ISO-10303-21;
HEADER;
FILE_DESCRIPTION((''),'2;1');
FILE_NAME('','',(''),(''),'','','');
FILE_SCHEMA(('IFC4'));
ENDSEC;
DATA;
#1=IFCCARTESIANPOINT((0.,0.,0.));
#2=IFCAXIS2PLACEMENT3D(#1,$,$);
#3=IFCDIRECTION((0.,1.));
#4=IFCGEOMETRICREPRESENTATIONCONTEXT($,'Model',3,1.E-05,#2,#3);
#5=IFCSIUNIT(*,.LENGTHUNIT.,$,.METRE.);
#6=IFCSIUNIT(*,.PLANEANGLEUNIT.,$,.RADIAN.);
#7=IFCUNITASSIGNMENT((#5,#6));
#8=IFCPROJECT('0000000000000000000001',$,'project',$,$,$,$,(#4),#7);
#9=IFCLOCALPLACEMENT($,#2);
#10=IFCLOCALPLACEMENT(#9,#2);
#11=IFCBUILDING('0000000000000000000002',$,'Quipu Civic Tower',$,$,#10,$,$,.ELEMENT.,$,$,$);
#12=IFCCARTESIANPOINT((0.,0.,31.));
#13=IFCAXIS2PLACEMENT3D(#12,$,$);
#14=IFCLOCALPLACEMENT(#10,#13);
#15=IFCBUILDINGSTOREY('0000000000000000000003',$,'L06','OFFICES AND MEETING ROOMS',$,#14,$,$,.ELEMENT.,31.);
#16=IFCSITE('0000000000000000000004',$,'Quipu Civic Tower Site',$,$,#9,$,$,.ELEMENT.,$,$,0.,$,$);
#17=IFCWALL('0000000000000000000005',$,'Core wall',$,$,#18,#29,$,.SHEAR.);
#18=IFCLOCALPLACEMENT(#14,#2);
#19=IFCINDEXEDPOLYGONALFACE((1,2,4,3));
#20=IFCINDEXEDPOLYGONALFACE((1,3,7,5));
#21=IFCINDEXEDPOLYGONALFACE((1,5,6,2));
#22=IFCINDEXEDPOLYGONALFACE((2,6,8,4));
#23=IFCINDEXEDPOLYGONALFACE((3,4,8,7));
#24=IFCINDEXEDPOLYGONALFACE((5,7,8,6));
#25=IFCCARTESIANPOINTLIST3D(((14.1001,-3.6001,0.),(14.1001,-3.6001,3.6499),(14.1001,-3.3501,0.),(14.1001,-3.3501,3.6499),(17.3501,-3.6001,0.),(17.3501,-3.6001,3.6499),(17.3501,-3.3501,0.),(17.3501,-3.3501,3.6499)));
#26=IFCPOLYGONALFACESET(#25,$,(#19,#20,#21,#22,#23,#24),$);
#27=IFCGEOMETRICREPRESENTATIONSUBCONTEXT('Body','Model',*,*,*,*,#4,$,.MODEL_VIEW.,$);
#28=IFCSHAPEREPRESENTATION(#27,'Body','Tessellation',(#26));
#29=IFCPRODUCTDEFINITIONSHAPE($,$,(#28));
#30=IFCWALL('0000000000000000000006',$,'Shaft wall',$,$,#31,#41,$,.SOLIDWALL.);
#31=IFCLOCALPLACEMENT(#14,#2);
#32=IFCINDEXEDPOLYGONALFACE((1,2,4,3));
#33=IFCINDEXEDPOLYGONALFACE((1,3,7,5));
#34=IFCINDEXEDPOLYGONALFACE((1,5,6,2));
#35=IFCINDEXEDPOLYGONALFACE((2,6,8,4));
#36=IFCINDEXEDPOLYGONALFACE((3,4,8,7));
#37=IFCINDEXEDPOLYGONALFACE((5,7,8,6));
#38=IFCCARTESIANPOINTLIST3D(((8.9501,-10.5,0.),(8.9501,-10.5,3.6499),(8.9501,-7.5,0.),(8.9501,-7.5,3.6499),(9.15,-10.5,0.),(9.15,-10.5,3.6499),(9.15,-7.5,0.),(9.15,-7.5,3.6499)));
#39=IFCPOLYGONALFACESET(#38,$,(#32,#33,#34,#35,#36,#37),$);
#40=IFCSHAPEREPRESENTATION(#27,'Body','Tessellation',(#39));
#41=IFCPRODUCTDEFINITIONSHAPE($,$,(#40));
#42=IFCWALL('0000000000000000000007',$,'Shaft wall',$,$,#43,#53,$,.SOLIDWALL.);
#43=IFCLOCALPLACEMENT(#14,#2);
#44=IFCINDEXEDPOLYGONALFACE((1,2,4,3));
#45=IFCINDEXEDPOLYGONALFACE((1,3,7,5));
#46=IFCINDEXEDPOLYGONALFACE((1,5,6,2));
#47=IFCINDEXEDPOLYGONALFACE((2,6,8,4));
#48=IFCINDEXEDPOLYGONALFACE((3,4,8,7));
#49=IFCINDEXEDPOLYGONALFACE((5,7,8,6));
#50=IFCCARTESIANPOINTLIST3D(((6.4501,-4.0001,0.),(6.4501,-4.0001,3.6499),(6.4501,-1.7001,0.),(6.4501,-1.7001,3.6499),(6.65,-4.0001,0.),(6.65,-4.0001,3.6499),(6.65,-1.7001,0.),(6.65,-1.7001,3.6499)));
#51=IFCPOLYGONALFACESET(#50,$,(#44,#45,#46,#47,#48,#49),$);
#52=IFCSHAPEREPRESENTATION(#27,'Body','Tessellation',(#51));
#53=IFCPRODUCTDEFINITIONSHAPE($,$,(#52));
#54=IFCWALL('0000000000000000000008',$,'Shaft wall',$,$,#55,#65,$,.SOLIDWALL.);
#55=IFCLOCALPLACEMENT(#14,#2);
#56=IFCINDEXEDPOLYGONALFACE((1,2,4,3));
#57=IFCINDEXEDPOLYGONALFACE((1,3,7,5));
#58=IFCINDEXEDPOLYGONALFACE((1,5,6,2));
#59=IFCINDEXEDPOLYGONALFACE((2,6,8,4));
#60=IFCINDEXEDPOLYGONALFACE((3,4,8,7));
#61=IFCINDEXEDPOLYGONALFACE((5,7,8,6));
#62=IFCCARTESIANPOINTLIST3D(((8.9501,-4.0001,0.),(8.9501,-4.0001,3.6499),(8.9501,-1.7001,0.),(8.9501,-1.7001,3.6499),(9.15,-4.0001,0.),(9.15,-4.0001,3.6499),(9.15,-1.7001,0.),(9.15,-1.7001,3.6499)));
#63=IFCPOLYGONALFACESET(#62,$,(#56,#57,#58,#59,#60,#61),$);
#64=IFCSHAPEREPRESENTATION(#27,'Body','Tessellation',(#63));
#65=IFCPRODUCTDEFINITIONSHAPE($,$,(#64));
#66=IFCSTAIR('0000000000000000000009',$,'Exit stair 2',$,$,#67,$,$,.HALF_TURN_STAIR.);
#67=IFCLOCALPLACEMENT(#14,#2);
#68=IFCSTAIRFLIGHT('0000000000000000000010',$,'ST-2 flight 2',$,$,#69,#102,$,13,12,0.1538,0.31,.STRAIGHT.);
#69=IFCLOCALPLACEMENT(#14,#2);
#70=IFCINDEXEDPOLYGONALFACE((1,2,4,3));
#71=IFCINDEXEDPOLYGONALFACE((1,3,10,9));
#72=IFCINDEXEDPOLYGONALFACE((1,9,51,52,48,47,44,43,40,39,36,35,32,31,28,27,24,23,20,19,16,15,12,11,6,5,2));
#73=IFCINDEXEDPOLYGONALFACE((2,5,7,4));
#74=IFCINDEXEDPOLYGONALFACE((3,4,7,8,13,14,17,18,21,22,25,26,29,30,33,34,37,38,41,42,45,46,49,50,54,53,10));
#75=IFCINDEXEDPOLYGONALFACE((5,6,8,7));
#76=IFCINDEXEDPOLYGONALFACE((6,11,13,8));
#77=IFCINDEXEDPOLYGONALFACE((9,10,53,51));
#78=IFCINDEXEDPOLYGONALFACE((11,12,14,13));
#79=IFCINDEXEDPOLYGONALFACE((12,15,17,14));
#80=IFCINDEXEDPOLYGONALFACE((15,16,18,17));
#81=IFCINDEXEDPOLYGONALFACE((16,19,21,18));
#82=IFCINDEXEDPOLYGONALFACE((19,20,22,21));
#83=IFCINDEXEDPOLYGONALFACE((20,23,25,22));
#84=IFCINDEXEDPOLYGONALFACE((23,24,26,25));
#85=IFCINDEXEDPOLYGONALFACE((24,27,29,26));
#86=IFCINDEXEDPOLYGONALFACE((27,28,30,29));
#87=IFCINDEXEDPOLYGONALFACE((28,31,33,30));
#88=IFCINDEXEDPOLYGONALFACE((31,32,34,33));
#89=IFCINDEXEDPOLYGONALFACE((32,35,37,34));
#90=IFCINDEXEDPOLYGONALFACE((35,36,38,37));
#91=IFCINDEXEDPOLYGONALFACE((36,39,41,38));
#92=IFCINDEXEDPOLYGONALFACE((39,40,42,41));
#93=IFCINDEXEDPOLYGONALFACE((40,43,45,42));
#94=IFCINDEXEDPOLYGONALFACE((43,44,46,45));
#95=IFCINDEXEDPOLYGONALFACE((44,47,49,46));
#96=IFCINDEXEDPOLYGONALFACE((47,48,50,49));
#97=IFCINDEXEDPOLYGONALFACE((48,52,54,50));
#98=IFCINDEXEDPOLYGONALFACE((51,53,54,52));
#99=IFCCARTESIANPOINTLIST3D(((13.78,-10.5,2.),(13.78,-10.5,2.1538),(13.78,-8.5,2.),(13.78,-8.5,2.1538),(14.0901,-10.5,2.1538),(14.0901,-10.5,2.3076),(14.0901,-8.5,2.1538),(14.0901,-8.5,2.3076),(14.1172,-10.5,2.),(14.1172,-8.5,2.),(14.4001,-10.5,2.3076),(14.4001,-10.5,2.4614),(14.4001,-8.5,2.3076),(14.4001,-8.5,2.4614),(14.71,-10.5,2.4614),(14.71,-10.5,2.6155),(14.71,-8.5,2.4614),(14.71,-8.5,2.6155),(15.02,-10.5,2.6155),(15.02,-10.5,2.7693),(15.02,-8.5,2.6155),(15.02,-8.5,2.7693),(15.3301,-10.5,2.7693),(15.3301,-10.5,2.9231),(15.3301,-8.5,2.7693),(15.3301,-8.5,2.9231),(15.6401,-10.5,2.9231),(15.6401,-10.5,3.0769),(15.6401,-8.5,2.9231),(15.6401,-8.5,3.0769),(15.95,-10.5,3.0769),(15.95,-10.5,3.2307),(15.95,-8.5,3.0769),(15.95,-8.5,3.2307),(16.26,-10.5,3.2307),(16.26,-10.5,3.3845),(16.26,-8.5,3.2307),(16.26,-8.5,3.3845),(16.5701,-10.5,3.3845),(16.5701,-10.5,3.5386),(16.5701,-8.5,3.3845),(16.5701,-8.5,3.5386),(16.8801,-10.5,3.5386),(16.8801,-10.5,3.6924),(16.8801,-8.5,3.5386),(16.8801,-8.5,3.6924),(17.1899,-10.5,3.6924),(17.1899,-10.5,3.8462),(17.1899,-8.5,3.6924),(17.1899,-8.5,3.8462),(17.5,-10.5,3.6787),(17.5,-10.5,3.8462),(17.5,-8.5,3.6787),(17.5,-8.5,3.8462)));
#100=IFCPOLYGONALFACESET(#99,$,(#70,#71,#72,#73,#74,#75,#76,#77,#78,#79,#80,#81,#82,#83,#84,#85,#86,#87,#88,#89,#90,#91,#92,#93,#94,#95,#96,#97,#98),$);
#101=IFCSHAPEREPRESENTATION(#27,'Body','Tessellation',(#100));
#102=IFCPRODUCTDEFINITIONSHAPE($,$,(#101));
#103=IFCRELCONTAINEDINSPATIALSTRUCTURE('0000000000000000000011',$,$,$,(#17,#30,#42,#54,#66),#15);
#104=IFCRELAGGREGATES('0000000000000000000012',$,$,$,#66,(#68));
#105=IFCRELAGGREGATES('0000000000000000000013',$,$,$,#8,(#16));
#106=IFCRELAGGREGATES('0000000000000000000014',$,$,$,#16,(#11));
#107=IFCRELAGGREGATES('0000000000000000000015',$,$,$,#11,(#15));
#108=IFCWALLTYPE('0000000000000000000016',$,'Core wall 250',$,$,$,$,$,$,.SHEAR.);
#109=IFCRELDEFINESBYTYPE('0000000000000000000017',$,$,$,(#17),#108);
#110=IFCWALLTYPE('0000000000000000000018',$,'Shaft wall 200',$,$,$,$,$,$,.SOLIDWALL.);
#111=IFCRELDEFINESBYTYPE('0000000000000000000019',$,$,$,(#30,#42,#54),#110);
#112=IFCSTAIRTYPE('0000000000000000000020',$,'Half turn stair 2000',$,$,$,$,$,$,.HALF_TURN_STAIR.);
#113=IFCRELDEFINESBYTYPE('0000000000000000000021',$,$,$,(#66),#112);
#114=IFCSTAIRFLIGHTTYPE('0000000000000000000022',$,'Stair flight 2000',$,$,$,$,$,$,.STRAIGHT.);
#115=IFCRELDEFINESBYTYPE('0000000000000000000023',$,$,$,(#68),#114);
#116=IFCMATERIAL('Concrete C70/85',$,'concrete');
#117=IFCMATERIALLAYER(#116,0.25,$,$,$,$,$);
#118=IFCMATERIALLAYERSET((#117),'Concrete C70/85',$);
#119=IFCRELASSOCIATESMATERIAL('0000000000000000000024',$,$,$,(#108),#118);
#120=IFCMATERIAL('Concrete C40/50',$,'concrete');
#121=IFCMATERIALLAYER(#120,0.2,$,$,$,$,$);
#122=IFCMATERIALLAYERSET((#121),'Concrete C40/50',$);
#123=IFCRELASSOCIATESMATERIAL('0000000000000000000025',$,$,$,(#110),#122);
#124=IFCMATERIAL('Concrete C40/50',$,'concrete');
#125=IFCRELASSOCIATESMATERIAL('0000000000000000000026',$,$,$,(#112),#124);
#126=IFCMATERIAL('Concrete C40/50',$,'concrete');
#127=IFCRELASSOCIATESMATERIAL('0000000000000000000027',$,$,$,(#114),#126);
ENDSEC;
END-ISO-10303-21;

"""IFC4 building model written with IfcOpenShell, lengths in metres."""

from ifc_helpers import new_model, si_unit, direction, frame, frame_2d, origin, place, context, subcontext, project, spatial, polyline, rectangle, outline, extrude, material, layer, layer_set, type_object, element, aggregate, save


model = new_model("IFC4")

# Units and contexts
model_context = context("Model", 3, precision=1e-05, world=origin(), true_north=direction((0.0, 1.0)))
body_context = subcontext(model_context, "Body", "Model", "MODEL_VIEW")
ifc_project = project(units=[si_unit("LENGTHUNIT", "METRE"), si_unit("PLANEANGLEUNIT", "RADIAN")], contexts=[model_context])

# Site, building, storey
site_placement = place(None, origin())
site = spatial("IfcSite", under=ifc_project, at=site_placement, Name="Quipu Civic Tower Site", CompositionType="ELEMENT", RefElevation=0.0)
building_placement = place(site_placement, origin())
building = spatial("IfcBuilding", under=site, at=building_placement, Name="Quipu Civic Tower", CompositionType="ELEMENT")
storey_placement = place(building_placement, frame((0.0, 0.0, 31.0)))
storey = spatial("IfcBuildingStorey", under=building, at=storey_placement, Name="L06", Description="OFFICES AND MEETING ROOMS", CompositionType="ELEMENT", Elevation=31.0)

# Shared definitions
ifc_material_1 = material(Name="Concrete C70/85", Category="concrete")
ifc_layer_1 = layer(ifc_material_1, 0.25)
ifc_layer_set_1 = layer_set([ifc_layer_1], Name="Concrete C70/85")
wall_type_1 = type_object("IfcWallType", Name="Core wall 250", PredefinedType="SHEAR", material=ifc_layer_set_1)

# Walls
wall_1_placement = place(storey_placement, frame((14.1001, -3.4751, 0.0), z_axis=(0.0, 0.0, 1.0), x_axis=(1.0, 0.0, 0.0)))
element("IfcWall", 1, at=wall_1_placement, inside=storey, type_object=wall_type_1, Name="Core wall", PredefinedType="SHEAR", context=body_context, shape_type="SweptSolid", body=[
    extrude(rectangle(XDim=3.25, YDim=0.25, at=frame_2d((1.625, 0.0))), origin(), (0.0, 0.0, 1.0), 3.6499),
])
ifc_material_2 = material(Name="Concrete C40/50", Category="concrete")
ifc_layer_2 = layer(ifc_material_2, 0.2)
ifc_layer_set_2 = layer_set([ifc_layer_2], Name="Concrete C40/50")
wall_type_2 = type_object("IfcWallType", Name="Shaft wall 200", PredefinedType="SOLIDWALL", material=ifc_layer_set_2)
wall_2_placement = place(storey_placement, frame((9.05, -10.5, 0.0), z_axis=(0.0, 0.0, 1.0), x_axis=(0.0, 1.0, 0.0)))
element("IfcWall", 2, at=wall_2_placement, inside=storey, type_object=wall_type_2, Name="Shaft wall", PredefinedType="SOLIDWALL", context=body_context, shape_type="SweptSolid", body=[
    extrude(rectangle(XDim=3.0, YDim=0.2, at=frame_2d((1.5, 0.0))), origin(), (0.0, 0.0, 1.0), 3.6499),
])
for number, where, z_axis, x_axis, name in (
    (3, (6.55, -4.0, 0.0), (0.0, 0.0, 1.0), (0.0, 1.0, 0.0), "Shaft wall"),
    (4, (9.05, -4.0, 0.0), (0.0, 0.0, 1.0), (0.0, 1.0, 0.0), "Shaft wall"),
):
    element("IfcWall", number, at=place(storey_placement, frame(where, z_axis=z_axis, x_axis=x_axis)), inside=storey, type_object=wall_type_2, Name=name, PredefinedType="SOLIDWALL", context=body_context, shape_type="SweptSolid", body=[
        extrude(rectangle(XDim=2.3, YDim=0.2, at=frame_2d((1.1499, 0.0))), origin(), (0.0, 0.0, 1.0), 3.6499),
    ])

# Stair, stair flight
ifc_material_3 = material(Name="Concrete C40/50", Category="concrete")
stair_type = type_object("IfcStairType", Name="Half turn stair 2000", PredefinedType="HALF_TURN_STAIR", material=ifc_material_3)
stair_placement = place(storey_placement, origin())
stair = element("IfcStair", 5, at=stair_placement, inside=storey, type_object=stair_type, Name="Exit stair 2", PredefinedType="HALF_TURN_STAIR")
ifc_material_4 = material(Name="Concrete C40/50", Category="concrete")
stair_flight_type = type_object("IfcStairFlightType", Name="Stair flight 2000", PredefinedType="STRAIGHT", material=ifc_material_4)
stair_flight_placement = place(storey_placement, frame((13.78, -9.5, 2.0), z_axis=(0.0, 0.0, 1.0), x_axis=(1.0, 0.0, 0.0)))
stair_flight = element("IfcStairFlight", 6, at=stair_flight_placement, type_object=stair_flight_type, Name="ST-2 flight 2", NumberOfRisers=13, NumberOfTreads=12, PredefinedType="STRAIGHT", RiserHeight=0.1538, TreadLength=0.31, context=body_context, shape_type="SweptSolid", body=[
    extrude(outline(polyline([(0.0, 0.0), (0.0, 0.1538), (0.3101, 0.1538), (0.3101, 0.3076), (0.6201, 0.3076), (0.6201, 0.4614), (0.9299, 0.4614), (0.9299, 0.6155), (1.24, 0.6155), (1.24, 0.7693), (1.55, 0.7693), (1.55, 0.9231), (1.8601, 0.9231), (1.8601, 1.0769), (2.1699, 1.0769), (2.1699, 1.2307), (2.48, 1.2307), (2.48, 1.3845), (2.79, 1.3845), (2.79, 1.5386), (3.1001, 1.5386), (3.1001, 1.6924), (3.4099, 1.6924), (3.4099, 1.8462), (3.72, 1.8462), (3.72, 2.0), (3.72, 1.6787), (0.3372, 0.0), (0.0, 0.0)])), frame((0.0, 1.0, 0.0), z_axis=(0.0, -1.0, 0.0), x_axis=(1.0, 0.0, 0.0)), (0.0, 0.0, 1.0), 2.0),
])
aggregate(stair, [stair_flight])

save(model, "model.ifc")
